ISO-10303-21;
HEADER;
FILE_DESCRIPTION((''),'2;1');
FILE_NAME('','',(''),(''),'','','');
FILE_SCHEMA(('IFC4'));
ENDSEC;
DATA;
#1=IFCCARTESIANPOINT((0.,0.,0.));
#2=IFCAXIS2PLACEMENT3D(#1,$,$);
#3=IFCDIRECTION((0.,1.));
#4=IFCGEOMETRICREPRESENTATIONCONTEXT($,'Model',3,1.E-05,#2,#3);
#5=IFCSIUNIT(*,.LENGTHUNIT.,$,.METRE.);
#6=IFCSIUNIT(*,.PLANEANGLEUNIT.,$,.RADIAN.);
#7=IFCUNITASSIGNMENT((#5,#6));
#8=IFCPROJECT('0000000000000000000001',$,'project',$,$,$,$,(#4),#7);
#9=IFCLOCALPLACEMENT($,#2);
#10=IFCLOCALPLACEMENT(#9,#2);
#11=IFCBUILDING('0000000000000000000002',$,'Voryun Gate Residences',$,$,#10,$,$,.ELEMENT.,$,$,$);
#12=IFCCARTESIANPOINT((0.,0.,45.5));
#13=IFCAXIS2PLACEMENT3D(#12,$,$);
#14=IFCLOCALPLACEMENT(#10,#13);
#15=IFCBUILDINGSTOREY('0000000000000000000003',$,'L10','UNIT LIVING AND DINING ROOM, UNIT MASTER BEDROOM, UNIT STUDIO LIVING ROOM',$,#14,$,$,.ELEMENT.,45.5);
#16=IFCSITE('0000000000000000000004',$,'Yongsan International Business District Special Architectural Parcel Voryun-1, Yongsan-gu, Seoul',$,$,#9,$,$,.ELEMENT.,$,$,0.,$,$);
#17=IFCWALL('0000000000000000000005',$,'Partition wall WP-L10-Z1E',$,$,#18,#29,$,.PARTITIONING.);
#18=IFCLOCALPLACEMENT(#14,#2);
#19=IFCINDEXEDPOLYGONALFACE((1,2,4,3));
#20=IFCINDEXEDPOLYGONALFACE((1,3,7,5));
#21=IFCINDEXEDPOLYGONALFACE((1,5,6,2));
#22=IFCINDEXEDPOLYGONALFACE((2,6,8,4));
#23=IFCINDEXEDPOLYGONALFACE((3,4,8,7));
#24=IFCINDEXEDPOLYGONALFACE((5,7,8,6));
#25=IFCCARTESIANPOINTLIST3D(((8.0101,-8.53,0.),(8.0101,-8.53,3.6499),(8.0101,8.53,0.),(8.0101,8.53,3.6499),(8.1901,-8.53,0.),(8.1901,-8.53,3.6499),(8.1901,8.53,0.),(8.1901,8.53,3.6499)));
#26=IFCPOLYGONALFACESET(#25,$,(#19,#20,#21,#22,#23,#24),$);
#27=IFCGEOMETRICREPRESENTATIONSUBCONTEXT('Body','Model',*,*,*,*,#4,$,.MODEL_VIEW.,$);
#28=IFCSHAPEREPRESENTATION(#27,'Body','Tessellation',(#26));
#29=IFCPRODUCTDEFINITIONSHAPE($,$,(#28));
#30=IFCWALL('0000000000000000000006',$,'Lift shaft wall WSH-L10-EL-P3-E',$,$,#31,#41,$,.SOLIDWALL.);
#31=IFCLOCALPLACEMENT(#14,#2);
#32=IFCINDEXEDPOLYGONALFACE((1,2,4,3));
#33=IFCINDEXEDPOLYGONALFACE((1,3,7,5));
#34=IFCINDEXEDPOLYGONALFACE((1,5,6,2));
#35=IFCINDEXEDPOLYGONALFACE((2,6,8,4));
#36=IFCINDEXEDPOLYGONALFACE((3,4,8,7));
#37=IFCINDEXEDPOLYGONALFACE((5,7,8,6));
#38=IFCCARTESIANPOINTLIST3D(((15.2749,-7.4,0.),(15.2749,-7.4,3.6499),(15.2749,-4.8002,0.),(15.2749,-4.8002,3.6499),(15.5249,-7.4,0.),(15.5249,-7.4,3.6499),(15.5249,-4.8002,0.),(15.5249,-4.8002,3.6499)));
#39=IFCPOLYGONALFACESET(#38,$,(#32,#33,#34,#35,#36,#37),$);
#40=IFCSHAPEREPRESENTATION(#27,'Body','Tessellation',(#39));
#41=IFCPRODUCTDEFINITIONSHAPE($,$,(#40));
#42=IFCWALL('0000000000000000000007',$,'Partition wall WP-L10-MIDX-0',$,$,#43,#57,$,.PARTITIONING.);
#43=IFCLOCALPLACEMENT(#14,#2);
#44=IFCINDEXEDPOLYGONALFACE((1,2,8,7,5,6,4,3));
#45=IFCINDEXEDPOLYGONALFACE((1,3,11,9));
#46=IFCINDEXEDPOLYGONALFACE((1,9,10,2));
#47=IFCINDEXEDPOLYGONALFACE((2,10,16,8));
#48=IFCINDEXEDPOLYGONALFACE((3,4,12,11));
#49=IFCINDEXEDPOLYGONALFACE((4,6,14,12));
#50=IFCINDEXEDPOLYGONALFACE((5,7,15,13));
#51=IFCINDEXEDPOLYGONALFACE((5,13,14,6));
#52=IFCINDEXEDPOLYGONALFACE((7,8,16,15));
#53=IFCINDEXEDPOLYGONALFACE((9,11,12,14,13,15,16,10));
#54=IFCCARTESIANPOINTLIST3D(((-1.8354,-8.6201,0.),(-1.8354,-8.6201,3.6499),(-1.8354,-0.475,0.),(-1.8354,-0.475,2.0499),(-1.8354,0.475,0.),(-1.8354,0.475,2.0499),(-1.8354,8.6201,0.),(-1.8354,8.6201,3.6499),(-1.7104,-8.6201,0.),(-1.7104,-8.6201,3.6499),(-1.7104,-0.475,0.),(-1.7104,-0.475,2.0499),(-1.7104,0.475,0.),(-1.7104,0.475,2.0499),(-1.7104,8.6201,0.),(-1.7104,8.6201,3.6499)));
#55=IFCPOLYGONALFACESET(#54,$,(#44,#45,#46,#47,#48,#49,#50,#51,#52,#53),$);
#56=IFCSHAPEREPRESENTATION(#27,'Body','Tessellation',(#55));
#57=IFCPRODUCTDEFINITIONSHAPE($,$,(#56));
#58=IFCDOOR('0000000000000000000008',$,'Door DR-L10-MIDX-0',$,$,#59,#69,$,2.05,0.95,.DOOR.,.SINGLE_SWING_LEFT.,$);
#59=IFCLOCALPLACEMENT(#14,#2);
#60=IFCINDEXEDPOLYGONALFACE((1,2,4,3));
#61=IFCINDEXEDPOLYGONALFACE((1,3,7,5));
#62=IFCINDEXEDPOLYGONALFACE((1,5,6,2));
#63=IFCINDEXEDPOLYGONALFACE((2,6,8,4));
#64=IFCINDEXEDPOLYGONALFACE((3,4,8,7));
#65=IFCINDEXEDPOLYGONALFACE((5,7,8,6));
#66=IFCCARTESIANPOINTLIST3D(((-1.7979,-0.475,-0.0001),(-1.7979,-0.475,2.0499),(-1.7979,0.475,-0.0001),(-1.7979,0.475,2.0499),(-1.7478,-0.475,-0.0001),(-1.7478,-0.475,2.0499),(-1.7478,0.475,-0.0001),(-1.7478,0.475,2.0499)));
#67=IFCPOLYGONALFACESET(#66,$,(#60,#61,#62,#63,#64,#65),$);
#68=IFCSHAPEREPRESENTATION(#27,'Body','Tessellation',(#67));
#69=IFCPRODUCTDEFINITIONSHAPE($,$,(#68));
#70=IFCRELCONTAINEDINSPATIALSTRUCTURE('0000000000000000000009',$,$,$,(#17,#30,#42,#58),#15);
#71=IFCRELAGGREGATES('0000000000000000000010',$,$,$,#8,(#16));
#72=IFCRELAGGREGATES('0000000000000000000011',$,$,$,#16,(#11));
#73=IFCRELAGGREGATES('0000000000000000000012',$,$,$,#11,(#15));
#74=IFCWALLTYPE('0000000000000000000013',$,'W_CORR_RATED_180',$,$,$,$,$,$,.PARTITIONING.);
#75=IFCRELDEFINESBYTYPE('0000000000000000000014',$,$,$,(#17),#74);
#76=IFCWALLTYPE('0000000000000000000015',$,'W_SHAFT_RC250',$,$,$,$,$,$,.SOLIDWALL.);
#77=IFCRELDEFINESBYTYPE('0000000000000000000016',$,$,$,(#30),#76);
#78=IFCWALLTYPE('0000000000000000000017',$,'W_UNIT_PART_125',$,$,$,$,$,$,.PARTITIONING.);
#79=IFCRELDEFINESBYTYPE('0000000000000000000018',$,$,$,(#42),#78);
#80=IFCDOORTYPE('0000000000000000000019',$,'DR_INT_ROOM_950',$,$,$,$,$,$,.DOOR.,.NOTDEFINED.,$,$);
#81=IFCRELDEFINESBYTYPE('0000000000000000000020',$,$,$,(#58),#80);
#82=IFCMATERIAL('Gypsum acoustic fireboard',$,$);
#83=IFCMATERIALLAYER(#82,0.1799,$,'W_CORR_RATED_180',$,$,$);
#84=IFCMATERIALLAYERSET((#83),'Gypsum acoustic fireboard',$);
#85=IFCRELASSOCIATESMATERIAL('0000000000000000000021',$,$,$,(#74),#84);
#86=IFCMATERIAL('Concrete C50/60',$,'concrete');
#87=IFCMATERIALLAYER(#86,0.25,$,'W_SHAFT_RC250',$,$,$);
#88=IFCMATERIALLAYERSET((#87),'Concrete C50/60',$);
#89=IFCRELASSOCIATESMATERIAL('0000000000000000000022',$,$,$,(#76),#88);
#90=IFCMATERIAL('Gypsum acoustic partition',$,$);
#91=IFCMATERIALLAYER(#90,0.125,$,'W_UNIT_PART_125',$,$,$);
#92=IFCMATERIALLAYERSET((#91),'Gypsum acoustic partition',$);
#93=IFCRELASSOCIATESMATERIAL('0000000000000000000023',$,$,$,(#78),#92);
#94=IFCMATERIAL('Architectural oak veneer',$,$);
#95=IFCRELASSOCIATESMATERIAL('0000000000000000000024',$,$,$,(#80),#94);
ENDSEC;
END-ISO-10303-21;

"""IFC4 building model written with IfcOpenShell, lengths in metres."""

from ifc_helpers import new_model, si_unit, direction, frame, frame_2d, origin, place, context, subcontext, project, spatial, rectangle, extrude, material, layer, layer_set, type_object, element, fill, save


model = new_model("IFC4")

# Units and contexts
model_context = context("Model", 3, precision=1e-05, world=origin(), true_north=direction((0.0, 1.0)))
body_context = subcontext(model_context, "Body", "Model", "MODEL_VIEW")
ifc_project = project(units=[si_unit("LENGTHUNIT", "METRE"), si_unit("PLANEANGLEUNIT", "RADIAN")], contexts=[model_context])

# Site, building, storey
site_placement = place(None, origin())
site = spatial("IfcSite", under=ifc_project, at=site_placement, Name="Yongsan International Business District Special Architectural Parcel Voryun-1, Yongsan-gu, Seoul", CompositionType="ELEMENT", RefElevation=0.0)
building_placement = place(site_placement, origin())
building = spatial("IfcBuilding", under=site, at=building_placement, Name="Voryun Gate Residences", CompositionType="ELEMENT")
storey_placement = place(building_placement, frame((0.0, 0.0, 45.5)))
storey = spatial("IfcBuildingStorey", under=building, at=storey_placement, Name="L10", Description="UNIT LIVING AND DINING ROOM, UNIT MASTER BEDROOM, UNIT STUDIO LIVING ROOM", CompositionType="ELEMENT", Elevation=45.5)

# Shared definitions
ifc_material_1 = material(Name="Gypsum acoustic fireboard")
ifc_layer_1 = layer(ifc_material_1, 0.1799, Name="W_CORR_RATED_180")
ifc_layer_set_1 = layer_set([ifc_layer_1], Name="Gypsum acoustic fireboard")
wall_type_1 = type_object("IfcWallType", Name="W_CORR_RATED_180", PredefinedType="PARTITIONING", material=ifc_layer_set_1)

# Walls
wall_1_placement = place(storey_placement, frame((8.1001, -8.53, 0.0), z_axis=(0.0, 0.0, 1.0), x_axis=(0.0, 1.0, 0.0)))
element("IfcWall", 1, at=wall_1_placement, inside=storey, type_object=wall_type_1, Name="Partition wall WP-L10-Z1E", PredefinedType="PARTITIONING", context=body_context, shape_type="SweptSolid", body=[
    extrude(rectangle(XDim=17.0601, YDim=0.1799, at=frame_2d((8.53, 0.0))), origin(), (0.0, 0.0, 1.0), 3.6499),
])
ifc_material_2 = material(Name="Concrete C50/60", Category="concrete")
ifc_layer_2 = layer(ifc_material_2, 0.25, Name="W_SHAFT_RC250")
ifc_layer_set_2 = layer_set([ifc_layer_2], Name="Concrete C50/60")
wall_type_2 = type_object("IfcWallType", Name="W_SHAFT_RC250", PredefinedType="SOLIDWALL", material=ifc_layer_set_2)
wall_2_placement = place(storey_placement, frame((15.3999, -7.3999, 0.0), z_axis=(0.0, 0.0, 1.0), x_axis=(0.0, 1.0, 0.0)))
element("IfcWall", 2, at=wall_2_placement, inside=storey, type_object=wall_type_2, Name="Lift shaft wall WSH-L10-EL-P3-E", PredefinedType="SOLIDWALL", context=body_context, shape_type="SweptSolid", body=[
    extrude(rectangle(XDim=2.5999, YDim=0.25, at=frame_2d((1.2998, 0.0))), origin(), (0.0, 0.0, 1.0), 3.6499),
])

# Wall, opening, door
ifc_material_3 = material(Name="Gypsum acoustic partition")
ifc_layer_3 = layer(ifc_material_3, 0.125, Name="W_UNIT_PART_125")
ifc_layer_set_3 = layer_set([ifc_layer_3], Name="Gypsum acoustic partition")
wall_type_3 = type_object("IfcWallType", Name="W_UNIT_PART_125", PredefinedType="PARTITIONING", material=ifc_layer_set_3)
wall_3_placement = place(storey_placement, frame((-1.7729, -8.6201, 0.0), z_axis=(0.0, 0.0, 1.0), x_axis=(0.0, 1.0, 0.0)))
wall_3 = element("IfcWall", 3, at=wall_3_placement, inside=storey, type_object=wall_type_3, Name="Partition wall WP-L10-MIDX-0", PredefinedType="PARTITIONING", context=body_context, shape_type="SweptSolid", body=[
    extrude(rectangle(XDim=17.2402, YDim=0.125, at=frame_2d((8.6201, 0.0))), origin(), (0.0, 0.0, 1.0), 3.6499),
])
opening_1_placement = place(wall_3_placement, frame((8.145, 0.0, 0.0)))
opening_1 = element("IfcOpeningElement", 4, at=opening_1_placement, cuts=wall_3, PredefinedType="OPENING", context=body_context, shape_type="SweptSolid", body=[
    extrude(rectangle(XDim=0.95, YDim=2.05, at=frame_2d((0.4751, 1.0249))), frame((0.0, 0.0725, 0.0), z_axis=(0.0, -1.0, 0.0), x_axis=(1.0, 0.0, 0.0)), (0.0, 0.0, 1.0), 0.145),
])
ifc_material_4 = material(Name="Architectural oak veneer")
door_type_1 = type_object("IfcDoorType", Name="DR_INT_ROOM_950", OperationType="NOTDEFINED", PredefinedType="DOOR", material=ifc_material_4)
door_1_placement = place(opening_1_placement, origin())
door_1 = element("IfcDoor", 5, at=door_1_placement, inside=storey, type_object=door_type_1, Name="Door DR-L10-MIDX-0", OperationType="SINGLE_SWING_LEFT", OverallHeight=2.05, OverallWidth=0.95, PredefinedType="DOOR", context=body_context, shape_type="SweptSolid", body=[
    extrude(rectangle(XDim=0.95, YDim=2.05, at=frame_2d((0.4751, 1.0249))), frame((0.0, 0.0249, 0.0), z_axis=(0.0, -1.0, 0.0), x_axis=(1.0, 0.0, 0.0)), (0.0, 0.0, 1.0), 0.05),
])
fill(opening_1, door_1)

save(model, "model.ifc")
